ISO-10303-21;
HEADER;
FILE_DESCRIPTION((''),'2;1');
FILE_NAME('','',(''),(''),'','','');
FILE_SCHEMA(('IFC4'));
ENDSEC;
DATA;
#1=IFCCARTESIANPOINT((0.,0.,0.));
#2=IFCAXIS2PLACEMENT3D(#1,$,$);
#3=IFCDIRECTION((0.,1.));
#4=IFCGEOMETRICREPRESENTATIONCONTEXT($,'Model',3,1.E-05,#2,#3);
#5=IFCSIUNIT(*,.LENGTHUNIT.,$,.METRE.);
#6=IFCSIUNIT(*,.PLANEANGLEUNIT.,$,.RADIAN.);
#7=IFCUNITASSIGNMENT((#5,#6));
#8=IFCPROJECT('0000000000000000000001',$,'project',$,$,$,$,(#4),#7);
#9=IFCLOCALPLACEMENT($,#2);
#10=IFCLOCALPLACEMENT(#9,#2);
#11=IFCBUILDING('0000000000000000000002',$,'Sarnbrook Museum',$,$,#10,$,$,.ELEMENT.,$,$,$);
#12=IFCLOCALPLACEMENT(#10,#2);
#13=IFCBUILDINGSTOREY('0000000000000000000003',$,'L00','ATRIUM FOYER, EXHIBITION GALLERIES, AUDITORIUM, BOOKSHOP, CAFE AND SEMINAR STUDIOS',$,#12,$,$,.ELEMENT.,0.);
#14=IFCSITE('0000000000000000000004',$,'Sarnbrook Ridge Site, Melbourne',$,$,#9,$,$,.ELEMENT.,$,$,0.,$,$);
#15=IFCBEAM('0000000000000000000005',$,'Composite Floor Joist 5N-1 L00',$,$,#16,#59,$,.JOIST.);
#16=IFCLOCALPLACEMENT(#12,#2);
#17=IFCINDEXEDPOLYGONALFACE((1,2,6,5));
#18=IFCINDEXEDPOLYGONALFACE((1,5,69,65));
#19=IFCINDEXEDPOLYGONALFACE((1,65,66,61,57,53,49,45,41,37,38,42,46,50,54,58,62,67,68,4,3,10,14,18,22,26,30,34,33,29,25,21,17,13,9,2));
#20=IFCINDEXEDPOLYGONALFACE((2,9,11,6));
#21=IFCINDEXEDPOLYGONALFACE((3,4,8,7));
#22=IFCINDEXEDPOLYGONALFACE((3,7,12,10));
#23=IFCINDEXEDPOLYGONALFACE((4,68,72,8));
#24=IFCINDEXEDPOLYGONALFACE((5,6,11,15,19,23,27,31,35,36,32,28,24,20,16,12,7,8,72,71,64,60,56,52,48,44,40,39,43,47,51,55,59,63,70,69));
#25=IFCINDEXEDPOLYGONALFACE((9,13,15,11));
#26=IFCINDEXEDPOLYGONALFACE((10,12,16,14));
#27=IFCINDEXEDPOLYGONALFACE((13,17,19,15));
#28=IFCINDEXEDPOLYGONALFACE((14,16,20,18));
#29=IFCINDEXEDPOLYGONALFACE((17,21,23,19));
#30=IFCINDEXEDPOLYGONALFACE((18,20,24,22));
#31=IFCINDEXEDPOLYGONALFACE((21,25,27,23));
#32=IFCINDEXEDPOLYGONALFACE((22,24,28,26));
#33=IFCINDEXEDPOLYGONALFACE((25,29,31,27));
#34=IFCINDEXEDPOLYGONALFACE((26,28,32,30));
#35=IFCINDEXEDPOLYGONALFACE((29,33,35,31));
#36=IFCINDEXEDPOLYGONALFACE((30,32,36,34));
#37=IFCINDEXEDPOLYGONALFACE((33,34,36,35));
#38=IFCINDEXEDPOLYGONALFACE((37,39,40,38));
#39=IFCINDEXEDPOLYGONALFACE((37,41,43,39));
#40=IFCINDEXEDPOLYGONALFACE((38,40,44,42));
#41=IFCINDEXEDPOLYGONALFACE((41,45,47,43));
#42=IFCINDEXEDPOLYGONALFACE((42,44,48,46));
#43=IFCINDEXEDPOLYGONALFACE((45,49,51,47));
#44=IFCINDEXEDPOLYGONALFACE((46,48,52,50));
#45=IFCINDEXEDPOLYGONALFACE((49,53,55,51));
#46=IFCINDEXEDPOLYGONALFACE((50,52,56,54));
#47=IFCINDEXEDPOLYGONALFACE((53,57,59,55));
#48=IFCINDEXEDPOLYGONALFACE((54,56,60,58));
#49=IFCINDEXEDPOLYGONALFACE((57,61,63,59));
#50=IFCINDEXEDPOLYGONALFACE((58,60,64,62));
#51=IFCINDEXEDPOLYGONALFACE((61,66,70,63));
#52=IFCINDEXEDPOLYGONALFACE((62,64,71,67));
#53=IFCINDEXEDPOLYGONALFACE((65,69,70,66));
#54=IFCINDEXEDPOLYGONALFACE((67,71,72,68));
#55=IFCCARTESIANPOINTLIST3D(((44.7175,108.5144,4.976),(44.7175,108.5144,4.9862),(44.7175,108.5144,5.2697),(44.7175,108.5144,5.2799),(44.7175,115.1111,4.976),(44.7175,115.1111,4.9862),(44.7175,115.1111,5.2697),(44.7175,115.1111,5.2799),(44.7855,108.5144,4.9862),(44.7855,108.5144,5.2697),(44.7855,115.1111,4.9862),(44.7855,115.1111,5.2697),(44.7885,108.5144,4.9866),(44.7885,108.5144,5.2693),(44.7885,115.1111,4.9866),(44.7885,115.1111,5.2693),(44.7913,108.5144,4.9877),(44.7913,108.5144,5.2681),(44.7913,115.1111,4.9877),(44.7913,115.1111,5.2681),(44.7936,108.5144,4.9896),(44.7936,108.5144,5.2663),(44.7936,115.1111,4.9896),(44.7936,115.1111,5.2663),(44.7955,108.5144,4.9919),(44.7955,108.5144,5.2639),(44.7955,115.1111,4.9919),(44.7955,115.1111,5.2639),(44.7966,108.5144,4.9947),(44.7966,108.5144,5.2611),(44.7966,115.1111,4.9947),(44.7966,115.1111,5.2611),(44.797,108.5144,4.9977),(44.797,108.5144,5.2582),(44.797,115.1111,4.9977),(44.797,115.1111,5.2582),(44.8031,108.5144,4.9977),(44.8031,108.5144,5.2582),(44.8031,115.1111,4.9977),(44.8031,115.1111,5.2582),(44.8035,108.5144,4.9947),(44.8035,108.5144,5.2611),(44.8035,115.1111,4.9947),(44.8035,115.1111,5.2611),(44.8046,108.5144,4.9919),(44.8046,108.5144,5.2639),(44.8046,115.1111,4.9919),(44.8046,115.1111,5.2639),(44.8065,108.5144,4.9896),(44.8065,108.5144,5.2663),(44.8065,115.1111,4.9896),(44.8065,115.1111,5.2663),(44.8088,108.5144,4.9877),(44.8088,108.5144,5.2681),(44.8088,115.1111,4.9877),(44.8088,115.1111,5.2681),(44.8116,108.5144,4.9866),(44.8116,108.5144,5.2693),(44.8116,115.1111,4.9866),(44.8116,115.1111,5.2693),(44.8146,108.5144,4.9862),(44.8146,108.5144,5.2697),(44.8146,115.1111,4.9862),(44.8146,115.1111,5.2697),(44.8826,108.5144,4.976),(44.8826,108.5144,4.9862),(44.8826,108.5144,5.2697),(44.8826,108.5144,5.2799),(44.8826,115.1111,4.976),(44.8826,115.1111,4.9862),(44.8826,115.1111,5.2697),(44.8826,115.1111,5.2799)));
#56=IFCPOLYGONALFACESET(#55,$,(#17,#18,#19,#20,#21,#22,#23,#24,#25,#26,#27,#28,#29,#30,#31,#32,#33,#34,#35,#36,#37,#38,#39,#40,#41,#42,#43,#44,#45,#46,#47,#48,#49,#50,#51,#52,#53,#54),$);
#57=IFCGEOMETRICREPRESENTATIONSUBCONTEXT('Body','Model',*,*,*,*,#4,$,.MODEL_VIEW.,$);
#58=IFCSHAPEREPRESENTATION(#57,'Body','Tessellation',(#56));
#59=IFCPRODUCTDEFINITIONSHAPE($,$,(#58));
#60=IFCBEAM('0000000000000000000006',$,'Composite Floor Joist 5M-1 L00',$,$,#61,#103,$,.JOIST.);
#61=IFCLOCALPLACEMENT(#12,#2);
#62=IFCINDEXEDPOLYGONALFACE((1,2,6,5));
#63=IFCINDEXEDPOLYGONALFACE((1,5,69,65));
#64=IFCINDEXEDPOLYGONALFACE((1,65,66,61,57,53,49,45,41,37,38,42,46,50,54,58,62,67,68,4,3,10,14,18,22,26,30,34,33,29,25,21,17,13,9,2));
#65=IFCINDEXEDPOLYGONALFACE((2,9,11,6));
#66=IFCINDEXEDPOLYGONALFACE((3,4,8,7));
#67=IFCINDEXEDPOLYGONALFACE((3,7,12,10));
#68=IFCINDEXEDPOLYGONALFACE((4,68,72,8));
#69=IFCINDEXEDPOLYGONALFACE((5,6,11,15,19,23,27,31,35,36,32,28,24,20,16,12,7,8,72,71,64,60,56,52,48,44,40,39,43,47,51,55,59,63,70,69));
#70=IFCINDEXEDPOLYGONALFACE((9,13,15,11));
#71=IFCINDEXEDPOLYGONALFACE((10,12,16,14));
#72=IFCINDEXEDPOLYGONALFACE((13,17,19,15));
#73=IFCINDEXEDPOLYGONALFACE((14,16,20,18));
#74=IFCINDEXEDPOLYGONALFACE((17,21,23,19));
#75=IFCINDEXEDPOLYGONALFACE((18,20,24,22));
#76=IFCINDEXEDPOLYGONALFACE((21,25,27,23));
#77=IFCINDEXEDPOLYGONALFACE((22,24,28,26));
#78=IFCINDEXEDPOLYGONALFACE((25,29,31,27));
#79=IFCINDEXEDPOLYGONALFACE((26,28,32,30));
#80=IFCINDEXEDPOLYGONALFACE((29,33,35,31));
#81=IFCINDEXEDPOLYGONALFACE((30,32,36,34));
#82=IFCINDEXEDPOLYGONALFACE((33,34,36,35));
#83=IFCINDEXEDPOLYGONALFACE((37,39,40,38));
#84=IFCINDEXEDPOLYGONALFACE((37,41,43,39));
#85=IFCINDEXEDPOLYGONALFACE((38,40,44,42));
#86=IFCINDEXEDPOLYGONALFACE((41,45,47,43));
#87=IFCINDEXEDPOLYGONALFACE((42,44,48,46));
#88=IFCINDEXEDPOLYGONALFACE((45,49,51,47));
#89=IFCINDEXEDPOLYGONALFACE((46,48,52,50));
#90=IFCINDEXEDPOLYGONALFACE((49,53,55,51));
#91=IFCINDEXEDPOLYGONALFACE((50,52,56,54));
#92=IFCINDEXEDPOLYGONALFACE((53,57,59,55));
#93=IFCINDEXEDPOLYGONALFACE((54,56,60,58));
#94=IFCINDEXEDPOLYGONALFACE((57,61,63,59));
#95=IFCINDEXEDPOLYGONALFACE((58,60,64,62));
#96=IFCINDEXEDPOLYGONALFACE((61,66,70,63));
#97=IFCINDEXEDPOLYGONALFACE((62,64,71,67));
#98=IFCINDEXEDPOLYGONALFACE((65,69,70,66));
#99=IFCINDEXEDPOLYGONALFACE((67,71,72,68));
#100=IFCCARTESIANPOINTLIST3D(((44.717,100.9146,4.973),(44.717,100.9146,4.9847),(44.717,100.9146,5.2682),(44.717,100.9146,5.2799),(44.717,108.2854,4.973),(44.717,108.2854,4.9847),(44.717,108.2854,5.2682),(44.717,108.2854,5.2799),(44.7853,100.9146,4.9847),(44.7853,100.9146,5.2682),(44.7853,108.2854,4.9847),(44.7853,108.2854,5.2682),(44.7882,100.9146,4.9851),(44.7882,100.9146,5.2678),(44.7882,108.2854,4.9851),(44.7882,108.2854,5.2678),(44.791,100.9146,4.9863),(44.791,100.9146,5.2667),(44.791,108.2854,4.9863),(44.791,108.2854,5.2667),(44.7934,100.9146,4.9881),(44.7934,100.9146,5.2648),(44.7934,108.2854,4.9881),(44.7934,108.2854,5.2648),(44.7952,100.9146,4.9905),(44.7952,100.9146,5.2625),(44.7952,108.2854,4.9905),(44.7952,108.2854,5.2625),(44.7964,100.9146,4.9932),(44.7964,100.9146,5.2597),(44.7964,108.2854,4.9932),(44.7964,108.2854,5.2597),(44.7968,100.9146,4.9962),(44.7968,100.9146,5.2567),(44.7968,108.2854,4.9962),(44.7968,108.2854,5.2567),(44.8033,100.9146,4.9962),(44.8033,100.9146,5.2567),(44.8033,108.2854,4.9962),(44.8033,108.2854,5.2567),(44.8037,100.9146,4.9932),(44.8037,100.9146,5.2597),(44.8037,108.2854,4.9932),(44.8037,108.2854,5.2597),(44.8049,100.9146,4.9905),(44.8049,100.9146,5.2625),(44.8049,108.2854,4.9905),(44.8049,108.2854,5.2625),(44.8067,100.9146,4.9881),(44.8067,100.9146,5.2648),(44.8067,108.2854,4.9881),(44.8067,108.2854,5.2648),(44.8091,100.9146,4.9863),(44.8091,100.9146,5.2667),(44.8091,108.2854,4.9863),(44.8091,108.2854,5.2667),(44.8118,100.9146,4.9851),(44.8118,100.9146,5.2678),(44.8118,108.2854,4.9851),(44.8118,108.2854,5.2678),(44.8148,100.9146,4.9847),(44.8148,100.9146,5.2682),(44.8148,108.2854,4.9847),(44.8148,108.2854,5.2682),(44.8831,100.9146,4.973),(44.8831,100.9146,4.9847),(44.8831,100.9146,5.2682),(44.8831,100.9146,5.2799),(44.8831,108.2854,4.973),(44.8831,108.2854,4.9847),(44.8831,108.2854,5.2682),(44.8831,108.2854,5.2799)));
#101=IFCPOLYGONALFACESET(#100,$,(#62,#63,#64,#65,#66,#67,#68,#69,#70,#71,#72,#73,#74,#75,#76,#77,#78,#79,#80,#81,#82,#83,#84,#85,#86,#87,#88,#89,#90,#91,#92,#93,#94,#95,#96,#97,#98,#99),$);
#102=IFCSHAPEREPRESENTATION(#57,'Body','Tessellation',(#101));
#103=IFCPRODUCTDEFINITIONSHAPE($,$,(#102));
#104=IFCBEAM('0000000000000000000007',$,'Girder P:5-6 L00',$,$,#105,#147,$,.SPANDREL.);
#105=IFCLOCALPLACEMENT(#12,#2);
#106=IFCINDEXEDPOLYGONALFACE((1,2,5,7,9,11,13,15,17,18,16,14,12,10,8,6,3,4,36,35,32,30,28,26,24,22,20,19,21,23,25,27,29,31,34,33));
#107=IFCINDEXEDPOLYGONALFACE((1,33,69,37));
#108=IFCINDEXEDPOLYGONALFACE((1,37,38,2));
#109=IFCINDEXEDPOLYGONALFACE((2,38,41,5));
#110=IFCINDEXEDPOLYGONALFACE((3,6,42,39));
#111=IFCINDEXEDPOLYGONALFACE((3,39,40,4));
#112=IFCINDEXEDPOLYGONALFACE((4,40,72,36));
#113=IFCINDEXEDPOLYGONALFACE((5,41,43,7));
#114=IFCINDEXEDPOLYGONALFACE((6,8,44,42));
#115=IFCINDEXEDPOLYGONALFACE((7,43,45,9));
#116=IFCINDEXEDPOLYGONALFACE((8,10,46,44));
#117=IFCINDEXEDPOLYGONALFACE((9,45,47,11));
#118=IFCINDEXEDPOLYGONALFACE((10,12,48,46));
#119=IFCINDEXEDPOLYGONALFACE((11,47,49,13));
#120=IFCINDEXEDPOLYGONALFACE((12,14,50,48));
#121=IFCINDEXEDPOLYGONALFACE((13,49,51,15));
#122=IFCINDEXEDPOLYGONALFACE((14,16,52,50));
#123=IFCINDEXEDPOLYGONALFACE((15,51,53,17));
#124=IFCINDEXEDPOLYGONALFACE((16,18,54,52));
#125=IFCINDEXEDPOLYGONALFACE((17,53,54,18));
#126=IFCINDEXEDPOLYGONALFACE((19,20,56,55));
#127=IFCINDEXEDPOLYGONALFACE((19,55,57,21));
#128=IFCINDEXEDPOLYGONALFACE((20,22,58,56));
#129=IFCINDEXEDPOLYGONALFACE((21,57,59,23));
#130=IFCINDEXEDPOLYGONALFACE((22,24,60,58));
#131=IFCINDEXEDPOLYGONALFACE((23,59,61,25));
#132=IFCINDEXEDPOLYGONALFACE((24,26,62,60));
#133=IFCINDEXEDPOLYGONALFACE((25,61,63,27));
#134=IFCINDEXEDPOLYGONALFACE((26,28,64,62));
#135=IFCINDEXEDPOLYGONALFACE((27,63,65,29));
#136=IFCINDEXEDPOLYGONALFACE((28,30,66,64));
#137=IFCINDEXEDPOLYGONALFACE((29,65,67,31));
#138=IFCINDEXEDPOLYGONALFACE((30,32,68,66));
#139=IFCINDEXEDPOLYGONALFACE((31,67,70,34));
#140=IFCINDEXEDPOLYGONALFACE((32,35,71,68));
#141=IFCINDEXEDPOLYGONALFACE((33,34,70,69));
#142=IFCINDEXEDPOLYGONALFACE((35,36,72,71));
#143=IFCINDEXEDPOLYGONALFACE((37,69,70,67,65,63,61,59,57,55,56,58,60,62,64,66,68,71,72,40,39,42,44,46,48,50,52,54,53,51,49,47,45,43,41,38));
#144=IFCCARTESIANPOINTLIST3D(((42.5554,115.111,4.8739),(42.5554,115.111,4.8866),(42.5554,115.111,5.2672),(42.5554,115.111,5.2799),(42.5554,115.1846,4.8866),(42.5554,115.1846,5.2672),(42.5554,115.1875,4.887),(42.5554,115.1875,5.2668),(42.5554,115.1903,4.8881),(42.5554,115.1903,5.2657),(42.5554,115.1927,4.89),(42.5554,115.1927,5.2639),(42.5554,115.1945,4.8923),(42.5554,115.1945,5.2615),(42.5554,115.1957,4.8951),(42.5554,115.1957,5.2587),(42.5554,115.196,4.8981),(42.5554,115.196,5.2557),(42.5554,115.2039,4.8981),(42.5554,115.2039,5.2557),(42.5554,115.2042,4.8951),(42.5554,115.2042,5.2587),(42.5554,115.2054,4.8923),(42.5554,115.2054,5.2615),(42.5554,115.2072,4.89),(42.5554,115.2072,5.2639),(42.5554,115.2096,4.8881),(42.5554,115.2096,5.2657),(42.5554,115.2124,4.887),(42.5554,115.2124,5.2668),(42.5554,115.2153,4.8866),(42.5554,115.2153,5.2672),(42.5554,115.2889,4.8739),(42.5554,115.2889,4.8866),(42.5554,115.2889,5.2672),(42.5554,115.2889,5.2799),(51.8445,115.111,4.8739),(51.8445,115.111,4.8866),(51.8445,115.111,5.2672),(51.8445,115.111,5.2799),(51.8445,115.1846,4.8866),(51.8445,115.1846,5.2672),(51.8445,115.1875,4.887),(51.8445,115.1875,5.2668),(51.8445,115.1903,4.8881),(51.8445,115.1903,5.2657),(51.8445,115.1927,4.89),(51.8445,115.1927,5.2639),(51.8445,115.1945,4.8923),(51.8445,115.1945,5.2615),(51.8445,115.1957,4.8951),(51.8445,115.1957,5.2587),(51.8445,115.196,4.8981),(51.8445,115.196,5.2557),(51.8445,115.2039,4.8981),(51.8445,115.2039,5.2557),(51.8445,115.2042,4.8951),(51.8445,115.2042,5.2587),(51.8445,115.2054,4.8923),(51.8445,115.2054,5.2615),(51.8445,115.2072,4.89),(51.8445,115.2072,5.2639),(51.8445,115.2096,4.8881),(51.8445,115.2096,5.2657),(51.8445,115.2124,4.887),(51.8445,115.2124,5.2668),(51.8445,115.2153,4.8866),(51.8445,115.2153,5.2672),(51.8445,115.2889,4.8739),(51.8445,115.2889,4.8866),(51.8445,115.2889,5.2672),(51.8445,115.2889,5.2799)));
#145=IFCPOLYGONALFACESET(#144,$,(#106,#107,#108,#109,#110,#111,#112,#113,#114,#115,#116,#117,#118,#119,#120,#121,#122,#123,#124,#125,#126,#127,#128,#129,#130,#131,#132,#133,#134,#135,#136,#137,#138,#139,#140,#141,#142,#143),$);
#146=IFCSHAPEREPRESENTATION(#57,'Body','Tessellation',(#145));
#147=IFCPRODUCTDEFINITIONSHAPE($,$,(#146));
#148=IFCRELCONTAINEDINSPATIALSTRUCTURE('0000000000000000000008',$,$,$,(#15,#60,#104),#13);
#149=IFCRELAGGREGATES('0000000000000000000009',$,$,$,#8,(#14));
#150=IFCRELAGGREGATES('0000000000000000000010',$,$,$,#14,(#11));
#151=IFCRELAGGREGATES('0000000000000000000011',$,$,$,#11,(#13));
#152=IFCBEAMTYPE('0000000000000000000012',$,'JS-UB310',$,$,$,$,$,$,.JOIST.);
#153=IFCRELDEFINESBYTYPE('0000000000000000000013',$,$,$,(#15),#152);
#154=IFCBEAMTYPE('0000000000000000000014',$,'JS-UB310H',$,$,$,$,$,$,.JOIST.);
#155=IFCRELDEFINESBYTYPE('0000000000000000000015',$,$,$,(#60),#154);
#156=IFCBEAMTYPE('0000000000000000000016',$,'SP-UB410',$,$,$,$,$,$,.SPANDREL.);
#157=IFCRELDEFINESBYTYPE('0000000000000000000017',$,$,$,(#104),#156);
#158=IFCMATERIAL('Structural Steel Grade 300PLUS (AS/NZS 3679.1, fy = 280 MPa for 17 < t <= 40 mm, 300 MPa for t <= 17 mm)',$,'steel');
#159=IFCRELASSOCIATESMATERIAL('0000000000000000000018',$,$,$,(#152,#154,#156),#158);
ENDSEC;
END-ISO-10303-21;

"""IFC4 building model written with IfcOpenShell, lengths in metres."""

from ifc_helpers import new_model, si_unit, direction, frame, origin, origin_2d, place, context, subcontext, project, spatial, i_section, extrude, material, material_profile, profile_set, type_object, element, save


model = new_model("IFC4")

# Units and contexts
model_context = context("Model", 3, precision=1e-05, world=origin(), true_north=direction((0.0, 1.0)))
body_context = subcontext(model_context, "Body", "Model", "MODEL_VIEW")
ifc_project = project(units=[si_unit("LENGTHUNIT", "METRE"), si_unit("PLANEANGLEUNIT", "RADIAN")], contexts=[model_context])

# Site, building, storey
site_placement = place(None, origin())
site = spatial("IfcSite", under=ifc_project, at=site_placement, Name="Sarnbrook Ridge Site, Melbourne", CompositionType="ELEMENT", RefElevation=0.0)
building_placement = place(site_placement, origin())
building = spatial("IfcBuilding", under=site, at=building_placement, Name="Sarnbrook Museum", CompositionType="ELEMENT")
storey_placement = place(building_placement, origin())
storey = spatial("IfcBuildingStorey", under=building, at=storey_placement, Name="L00", Description="ATRIUM FOYER, EXHIBITION GALLERIES, AUDITORIUM, BOOKSHOP, CAFE AND SEMINAR STUDIOS", CompositionType="ELEMENT", Elevation=0.0)

# Shared definitions
ifc_material_1 = material(Name="Structural Steel Grade 300PLUS (AS/NZS 3679.1, fy = 280 MPa for 17 < t <= 40 mm, 300 MPa for t <= 17 mm)", Category="steel")

# Beams
ifc_material_profile_1 = material_profile(ifc_material_1, i_section(OverallWidth=0.165, OverallDepth=0.304, WebThickness=0.0061, FlangeThickness=0.0103, FilletRadius=0.0115, at=origin_2d()), Name="310UB40.4")
ifc_profile_set_1 = profile_set([ifc_material_profile_1], Name="Structural Steel Grade 300PLUS (AS/NZS 3679.1, fy = 280 MPa for 17 < t <= 40 mm, 300 MPa for t <= 17 mm)")
beam_type_1 = type_object("IfcBeamType", Name="JS-UB310", PredefinedType="JOIST", material=ifc_profile_set_1)
beam_1_placement = place(storey_placement, frame((44.8, 108.5144, 5.1279), z_axis=(0.0, 1.0, 0.0), x_axis=(-1.0, 0.0, 0.0)))
element("IfcBeam", 1, at=beam_1_placement, inside=storey, type_object=beam_type_1, Name="Composite Floor Joist 5N-1 L00", PredefinedType="JOIST", context=body_context, shape_type="SweptSolid", body=[
    extrude(i_section(OverallWidth=0.165, OverallDepth=0.304, WebThickness=0.0061, FlangeThickness=0.0103, FilletRadius=0.0115, at=origin_2d()), origin(), (0.0, 0.0, 1.0), 6.5967),
])
ifc_material_profile_2 = material_profile(ifc_material_1, i_section(OverallWidth=0.166, OverallDepth=0.3069, WebThickness=0.0066, FlangeThickness=0.0117, FilletRadius=0.0115, at=origin_2d()), Name="310UB46.2")
ifc_profile_set_2 = profile_set([ifc_material_profile_2], Name="Structural Steel Grade 300PLUS (AS/NZS 3679.1, fy = 280 MPa for 17 < t <= 40 mm, 300 MPa for t <= 17 mm)")
beam_type_2 = type_object("IfcBeamType", Name="JS-UB310H", PredefinedType="JOIST", material=ifc_profile_set_2)
beam_2_placement = place(storey_placement, frame((44.8, 100.9146, 5.1265), z_axis=(0.0, 1.0, 0.0), x_axis=(-1.0, 0.0, 0.0)))
element("IfcBeam", 2, at=beam_2_placement, inside=storey, type_object=beam_type_2, Name="Composite Floor Joist 5M-1 L00", PredefinedType="JOIST", context=body_context, shape_type="SweptSolid", body=[
    extrude(i_section(OverallWidth=0.166, OverallDepth=0.3069, WebThickness=0.0066, FlangeThickness=0.0117, FilletRadius=0.0115, at=origin_2d()), origin(), (0.0, 0.0, 1.0), 7.3708),
])
ifc_material_profile_3 = material_profile(ifc_material_1, i_section(OverallWidth=0.178, OverallDepth=0.406, WebThickness=0.0078, FlangeThickness=0.0127, FilletRadius=0.0115, at=origin_2d()), Name="410UB59.7")
ifc_profile_set_3 = profile_set([ifc_material_profile_3], Name="Structural Steel Grade 300PLUS (AS/NZS 3679.1, fy = 280 MPa for 17 < t <= 40 mm, 300 MPa for t <= 17 mm)")
beam_type_3 = type_object("IfcBeamType", Name="SP-UB410", PredefinedType="SPANDREL", material=ifc_profile_set_3)
beam_3_placement = place(storey_placement, frame((42.5554, 115.2, 5.0769), z_axis=(1.0, 0.0, 0.0), x_axis=(0.0, 1.0, 0.0)))
element("IfcBeam", 3, at=beam_3_placement, inside=storey, type_object=beam_type_3, Name="Girder P:5-6 L00", PredefinedType="SPANDREL", context=body_context, shape_type="SweptSolid", body=[
    extrude(i_section(OverallWidth=0.178, OverallDepth=0.406, WebThickness=0.0078, FlangeThickness=0.0127, FilletRadius=0.0115, at=origin_2d()), origin(), (0.0, 0.0, 1.0), 9.2891),
])

save(model, "model.ifc")
